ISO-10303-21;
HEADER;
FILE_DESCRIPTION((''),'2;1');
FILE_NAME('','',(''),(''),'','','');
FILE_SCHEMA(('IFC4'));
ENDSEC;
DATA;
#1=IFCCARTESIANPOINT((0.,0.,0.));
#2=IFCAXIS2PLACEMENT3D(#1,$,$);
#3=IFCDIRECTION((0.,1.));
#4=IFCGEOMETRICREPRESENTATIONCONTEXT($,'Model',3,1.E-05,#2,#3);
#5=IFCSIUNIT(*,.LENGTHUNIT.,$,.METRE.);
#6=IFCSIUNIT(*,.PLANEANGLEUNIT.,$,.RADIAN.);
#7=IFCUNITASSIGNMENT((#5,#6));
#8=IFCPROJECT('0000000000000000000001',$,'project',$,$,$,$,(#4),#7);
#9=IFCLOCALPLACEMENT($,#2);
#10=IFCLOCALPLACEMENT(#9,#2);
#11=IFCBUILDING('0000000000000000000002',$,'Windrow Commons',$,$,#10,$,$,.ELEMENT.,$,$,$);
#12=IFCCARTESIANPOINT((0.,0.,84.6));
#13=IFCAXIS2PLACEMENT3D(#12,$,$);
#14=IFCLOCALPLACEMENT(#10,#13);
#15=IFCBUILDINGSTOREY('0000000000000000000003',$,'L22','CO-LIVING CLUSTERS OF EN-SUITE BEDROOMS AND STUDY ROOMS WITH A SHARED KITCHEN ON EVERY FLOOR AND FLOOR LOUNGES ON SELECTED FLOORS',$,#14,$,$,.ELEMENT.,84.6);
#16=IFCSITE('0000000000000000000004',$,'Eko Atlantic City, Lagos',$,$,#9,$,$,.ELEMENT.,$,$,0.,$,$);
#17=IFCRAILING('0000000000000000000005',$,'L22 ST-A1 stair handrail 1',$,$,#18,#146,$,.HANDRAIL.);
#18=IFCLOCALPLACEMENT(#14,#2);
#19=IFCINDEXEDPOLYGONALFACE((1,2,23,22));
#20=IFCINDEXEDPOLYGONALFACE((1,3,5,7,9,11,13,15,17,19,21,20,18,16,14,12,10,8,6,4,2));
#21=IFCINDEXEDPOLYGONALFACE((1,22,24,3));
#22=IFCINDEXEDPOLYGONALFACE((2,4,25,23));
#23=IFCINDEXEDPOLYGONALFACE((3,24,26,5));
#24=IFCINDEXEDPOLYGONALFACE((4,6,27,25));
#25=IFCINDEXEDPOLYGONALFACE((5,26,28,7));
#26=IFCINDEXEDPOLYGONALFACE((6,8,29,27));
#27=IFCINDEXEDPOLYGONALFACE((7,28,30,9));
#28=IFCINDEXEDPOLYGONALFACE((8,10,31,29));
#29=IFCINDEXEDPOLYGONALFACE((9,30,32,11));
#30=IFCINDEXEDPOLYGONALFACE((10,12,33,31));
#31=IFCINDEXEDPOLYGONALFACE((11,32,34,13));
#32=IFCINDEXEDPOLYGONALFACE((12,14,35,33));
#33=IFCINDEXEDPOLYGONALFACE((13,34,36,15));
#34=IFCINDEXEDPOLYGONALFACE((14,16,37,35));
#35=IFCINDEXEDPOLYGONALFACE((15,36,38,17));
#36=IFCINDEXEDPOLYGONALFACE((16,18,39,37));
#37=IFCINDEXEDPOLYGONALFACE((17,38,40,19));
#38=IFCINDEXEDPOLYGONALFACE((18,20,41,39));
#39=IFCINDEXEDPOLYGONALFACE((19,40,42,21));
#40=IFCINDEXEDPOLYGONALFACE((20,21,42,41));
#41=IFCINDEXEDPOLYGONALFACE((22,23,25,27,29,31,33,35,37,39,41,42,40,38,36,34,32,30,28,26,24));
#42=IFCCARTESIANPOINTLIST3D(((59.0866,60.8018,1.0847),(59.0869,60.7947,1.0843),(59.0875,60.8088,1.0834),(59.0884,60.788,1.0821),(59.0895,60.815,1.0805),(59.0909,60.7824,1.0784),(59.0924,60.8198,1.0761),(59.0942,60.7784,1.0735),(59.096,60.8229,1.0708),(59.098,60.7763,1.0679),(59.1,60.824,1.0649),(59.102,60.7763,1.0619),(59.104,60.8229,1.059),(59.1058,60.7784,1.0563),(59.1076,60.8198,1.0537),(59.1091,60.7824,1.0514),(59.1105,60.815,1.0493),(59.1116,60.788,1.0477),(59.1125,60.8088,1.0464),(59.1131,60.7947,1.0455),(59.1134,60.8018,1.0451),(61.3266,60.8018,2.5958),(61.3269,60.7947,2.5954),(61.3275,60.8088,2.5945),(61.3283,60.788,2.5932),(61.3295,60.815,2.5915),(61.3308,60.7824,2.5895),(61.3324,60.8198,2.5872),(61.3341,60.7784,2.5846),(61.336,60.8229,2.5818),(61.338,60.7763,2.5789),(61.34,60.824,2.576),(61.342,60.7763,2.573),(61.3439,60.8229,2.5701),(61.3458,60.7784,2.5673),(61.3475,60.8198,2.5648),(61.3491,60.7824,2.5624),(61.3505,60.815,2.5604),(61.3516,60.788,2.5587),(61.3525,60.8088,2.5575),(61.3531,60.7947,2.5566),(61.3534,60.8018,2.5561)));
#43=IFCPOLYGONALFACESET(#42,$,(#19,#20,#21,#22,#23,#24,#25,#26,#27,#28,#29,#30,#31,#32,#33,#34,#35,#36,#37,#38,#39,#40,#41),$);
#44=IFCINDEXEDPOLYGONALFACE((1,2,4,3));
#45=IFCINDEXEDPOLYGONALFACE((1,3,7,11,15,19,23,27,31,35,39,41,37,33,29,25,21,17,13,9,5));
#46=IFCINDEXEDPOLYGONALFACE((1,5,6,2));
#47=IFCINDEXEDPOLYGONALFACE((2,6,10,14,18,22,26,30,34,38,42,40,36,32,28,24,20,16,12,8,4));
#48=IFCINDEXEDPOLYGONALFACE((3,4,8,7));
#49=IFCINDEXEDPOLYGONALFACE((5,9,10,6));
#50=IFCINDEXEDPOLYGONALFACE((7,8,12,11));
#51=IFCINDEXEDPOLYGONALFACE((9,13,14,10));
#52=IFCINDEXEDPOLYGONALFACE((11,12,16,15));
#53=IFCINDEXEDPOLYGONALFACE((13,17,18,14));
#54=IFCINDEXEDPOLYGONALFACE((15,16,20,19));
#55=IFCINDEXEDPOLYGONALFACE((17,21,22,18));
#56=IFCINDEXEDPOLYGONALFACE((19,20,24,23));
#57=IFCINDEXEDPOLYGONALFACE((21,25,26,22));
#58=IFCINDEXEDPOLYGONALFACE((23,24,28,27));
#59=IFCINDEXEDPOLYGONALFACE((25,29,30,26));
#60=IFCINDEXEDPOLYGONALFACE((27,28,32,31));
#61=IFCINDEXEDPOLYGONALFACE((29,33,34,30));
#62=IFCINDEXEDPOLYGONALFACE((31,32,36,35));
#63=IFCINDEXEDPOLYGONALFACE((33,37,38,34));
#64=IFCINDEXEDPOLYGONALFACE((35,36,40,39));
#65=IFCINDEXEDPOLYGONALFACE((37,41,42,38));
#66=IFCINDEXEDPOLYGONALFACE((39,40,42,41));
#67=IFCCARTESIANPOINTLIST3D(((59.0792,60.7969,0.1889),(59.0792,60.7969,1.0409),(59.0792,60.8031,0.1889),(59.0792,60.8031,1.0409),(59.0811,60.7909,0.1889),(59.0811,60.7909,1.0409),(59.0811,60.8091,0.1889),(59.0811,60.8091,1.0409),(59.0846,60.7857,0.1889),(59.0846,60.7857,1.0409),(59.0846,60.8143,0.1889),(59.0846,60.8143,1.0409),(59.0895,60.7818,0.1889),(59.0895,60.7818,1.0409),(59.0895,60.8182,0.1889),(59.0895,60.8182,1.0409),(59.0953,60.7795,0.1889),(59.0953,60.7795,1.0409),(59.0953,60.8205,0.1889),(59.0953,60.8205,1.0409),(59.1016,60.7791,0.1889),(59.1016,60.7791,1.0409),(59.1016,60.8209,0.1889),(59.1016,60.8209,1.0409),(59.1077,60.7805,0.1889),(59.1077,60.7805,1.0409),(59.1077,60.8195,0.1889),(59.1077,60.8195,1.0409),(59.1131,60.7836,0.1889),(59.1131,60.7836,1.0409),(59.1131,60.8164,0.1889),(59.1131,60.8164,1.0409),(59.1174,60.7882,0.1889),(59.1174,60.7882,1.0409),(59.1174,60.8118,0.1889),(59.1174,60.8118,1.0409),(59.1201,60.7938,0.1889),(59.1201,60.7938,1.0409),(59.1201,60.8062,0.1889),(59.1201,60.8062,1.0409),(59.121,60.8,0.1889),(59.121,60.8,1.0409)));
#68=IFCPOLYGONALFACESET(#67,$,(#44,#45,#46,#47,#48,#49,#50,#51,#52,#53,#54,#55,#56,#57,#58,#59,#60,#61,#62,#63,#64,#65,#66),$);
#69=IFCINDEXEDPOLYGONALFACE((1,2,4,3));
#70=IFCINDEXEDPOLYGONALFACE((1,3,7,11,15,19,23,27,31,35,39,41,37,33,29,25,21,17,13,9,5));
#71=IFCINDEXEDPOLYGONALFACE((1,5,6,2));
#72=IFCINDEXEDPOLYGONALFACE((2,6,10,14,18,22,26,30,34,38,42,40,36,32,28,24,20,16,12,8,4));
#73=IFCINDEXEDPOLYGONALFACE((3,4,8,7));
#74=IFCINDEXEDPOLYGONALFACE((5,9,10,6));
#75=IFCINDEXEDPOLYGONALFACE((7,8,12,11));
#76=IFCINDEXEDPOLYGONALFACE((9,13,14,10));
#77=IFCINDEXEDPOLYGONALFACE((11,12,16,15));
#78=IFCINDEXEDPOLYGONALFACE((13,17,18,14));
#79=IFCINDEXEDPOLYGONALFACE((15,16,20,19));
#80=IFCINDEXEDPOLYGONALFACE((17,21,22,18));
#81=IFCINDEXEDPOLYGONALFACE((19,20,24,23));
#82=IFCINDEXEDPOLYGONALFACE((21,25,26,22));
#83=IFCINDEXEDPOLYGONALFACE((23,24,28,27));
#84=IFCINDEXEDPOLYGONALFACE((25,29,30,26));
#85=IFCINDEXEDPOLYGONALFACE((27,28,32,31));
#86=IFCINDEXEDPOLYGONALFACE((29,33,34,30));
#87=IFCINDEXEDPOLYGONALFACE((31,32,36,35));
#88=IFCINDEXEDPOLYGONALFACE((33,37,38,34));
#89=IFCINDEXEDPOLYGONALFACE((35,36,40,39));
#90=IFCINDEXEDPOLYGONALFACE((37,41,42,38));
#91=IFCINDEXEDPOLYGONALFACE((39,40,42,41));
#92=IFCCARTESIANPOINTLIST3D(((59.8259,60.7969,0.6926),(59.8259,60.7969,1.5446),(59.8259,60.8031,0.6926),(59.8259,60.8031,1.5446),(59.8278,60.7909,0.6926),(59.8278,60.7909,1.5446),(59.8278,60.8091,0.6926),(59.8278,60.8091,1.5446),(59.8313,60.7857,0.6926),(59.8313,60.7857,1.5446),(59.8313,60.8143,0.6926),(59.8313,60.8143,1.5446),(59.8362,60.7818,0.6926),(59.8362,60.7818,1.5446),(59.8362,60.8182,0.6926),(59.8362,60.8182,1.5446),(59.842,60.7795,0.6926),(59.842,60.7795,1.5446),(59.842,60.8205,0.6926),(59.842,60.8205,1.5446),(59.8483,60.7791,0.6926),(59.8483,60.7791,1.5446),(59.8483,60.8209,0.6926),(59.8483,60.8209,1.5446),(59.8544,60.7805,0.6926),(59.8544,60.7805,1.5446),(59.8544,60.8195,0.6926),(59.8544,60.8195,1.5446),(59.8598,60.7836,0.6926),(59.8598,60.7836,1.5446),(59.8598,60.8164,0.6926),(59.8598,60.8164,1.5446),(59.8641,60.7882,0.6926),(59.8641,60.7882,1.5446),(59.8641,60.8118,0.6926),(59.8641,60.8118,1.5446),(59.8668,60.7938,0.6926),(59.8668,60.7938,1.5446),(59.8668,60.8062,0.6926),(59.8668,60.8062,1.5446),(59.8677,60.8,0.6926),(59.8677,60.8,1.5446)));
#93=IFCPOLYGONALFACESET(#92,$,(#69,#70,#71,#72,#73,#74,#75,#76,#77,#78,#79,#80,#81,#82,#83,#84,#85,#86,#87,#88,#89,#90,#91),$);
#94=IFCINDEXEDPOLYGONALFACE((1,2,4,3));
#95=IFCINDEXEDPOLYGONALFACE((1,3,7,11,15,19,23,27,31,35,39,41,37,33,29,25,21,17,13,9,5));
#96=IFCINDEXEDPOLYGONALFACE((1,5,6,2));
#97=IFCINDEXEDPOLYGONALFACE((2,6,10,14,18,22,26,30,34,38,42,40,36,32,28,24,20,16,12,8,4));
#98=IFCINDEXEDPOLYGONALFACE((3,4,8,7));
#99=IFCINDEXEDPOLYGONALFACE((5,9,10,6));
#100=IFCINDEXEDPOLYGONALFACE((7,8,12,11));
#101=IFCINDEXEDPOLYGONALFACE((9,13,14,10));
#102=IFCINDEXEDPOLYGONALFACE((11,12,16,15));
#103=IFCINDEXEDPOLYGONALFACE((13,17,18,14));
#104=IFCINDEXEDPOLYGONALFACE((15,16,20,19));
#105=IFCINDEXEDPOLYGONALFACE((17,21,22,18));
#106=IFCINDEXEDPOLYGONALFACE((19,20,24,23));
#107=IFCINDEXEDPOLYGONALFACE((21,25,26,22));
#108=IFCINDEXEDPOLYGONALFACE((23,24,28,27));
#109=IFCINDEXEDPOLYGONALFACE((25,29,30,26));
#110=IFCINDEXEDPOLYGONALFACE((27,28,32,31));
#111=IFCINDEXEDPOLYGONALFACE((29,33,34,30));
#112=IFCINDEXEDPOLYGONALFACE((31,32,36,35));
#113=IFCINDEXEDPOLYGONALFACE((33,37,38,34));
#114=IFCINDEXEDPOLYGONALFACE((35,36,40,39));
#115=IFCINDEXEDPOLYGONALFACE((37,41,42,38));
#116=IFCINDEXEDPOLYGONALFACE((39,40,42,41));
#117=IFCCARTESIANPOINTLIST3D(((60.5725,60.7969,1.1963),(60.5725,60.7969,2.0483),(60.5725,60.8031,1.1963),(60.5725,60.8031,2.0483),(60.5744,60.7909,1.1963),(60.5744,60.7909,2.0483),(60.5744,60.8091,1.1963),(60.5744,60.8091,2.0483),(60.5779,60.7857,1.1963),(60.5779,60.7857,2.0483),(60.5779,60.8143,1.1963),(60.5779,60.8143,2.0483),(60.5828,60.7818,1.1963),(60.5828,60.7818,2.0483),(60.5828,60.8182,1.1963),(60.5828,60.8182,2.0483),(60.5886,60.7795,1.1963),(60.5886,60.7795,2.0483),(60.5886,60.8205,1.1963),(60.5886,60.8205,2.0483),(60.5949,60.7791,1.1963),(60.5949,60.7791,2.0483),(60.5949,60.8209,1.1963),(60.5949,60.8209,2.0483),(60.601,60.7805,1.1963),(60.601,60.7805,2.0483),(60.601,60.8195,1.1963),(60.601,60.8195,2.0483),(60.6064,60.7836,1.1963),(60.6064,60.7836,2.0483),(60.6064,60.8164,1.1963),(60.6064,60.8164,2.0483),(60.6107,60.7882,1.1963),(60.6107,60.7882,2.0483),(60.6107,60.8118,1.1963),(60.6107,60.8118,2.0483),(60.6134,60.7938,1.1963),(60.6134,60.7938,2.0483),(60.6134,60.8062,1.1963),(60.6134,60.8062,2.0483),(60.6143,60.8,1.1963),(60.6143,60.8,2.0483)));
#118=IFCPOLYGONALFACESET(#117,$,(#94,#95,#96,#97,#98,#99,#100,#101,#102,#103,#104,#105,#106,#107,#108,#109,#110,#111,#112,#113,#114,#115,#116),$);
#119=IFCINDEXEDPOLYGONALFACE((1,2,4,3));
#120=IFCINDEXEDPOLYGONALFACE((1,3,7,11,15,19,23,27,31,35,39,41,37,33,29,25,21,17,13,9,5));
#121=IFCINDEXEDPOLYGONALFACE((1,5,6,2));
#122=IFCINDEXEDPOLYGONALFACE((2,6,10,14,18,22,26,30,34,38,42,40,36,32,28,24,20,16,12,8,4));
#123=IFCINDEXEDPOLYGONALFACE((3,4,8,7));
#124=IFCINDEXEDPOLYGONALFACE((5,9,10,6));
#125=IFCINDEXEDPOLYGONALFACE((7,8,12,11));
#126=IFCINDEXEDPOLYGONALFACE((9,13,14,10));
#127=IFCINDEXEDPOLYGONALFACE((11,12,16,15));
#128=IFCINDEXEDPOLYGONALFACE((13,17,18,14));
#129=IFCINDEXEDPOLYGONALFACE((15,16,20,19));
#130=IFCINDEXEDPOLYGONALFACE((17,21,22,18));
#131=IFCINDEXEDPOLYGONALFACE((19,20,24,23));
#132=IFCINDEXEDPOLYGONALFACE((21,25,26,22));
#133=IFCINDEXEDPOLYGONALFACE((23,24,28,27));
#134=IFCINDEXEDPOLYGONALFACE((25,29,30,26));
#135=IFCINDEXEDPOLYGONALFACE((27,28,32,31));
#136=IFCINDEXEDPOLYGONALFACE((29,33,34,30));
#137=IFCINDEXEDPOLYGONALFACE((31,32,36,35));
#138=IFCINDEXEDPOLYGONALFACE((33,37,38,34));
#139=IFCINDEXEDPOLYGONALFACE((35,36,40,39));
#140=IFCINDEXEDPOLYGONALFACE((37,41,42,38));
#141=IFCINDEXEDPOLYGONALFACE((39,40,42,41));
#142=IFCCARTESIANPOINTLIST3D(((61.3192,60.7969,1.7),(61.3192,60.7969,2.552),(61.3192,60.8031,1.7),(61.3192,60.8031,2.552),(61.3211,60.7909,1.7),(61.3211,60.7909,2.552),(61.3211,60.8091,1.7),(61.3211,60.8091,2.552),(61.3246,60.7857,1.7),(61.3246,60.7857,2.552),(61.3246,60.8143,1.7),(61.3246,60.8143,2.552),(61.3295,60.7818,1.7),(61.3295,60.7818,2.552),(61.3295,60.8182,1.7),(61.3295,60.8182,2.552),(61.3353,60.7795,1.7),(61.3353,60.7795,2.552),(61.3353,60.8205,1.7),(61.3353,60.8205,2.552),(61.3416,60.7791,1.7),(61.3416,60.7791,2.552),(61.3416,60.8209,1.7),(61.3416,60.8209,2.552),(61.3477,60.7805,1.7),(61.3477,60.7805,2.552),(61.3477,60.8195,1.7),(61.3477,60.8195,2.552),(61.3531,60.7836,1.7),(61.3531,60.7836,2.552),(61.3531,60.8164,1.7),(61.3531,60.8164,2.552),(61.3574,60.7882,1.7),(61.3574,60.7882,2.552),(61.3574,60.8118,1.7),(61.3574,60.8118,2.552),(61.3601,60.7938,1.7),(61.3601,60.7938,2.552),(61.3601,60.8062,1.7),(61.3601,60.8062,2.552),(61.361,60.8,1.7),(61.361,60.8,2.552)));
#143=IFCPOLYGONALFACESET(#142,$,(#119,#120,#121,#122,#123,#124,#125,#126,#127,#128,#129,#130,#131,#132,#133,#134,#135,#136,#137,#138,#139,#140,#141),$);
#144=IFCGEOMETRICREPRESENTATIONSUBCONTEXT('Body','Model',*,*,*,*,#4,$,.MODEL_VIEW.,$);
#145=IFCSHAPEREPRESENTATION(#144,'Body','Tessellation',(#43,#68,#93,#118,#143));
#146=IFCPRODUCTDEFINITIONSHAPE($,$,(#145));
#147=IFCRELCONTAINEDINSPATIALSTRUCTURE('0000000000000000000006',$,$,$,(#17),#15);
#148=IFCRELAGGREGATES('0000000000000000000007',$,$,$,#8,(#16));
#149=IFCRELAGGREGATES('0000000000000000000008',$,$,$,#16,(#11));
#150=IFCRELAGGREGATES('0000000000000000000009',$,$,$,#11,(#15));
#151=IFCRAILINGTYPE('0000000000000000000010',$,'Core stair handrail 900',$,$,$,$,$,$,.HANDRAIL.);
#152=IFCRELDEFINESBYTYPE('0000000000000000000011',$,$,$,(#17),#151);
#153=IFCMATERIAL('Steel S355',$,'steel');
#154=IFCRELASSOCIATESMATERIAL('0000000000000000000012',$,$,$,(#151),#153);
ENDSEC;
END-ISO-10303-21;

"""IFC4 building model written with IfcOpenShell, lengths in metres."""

from ifc_helpers import new_model, si_unit, direction, frame, origin, origin_2d, place, context, subcontext, project, spatial, circle, extrude, material, type_object, element, save


model = new_model("IFC4")

# Units and contexts
model_context = context("Model", 3, precision=1e-05, world=origin(), true_north=direction((0.0, 1.0)))
body_context = subcontext(model_context, "Body", "Model", "MODEL_VIEW")
ifc_project = project(units=[si_unit("LENGTHUNIT", "METRE"), si_unit("PLANEANGLEUNIT", "RADIAN")], contexts=[model_context])

# Site, building, storey
site_placement = place(None, origin())
site = spatial("IfcSite", under=ifc_project, at=site_placement, Name="Eko Atlantic City, Lagos", CompositionType="ELEMENT", RefElevation=0.0)
building_placement = place(site_placement, origin())
building = spatial("IfcBuilding", under=site, at=building_placement, Name="Windrow Commons", CompositionType="ELEMENT")
storey_placement = place(building_placement, frame((0.0, 0.0, 84.6)))
storey = spatial("IfcBuildingStorey", under=building, at=storey_placement, Name="L22", Description="CO-LIVING CLUSTERS OF EN-SUITE BEDROOMS AND STUDY ROOMS WITH A SHARED KITCHEN ON EVERY FLOOR AND FLOOR LOUNGES ON SELECTED FLOORS", CompositionType="ELEMENT", Elevation=84.6)

# Railing
ifc_material_1 = material(Name="Steel S355", Category="steel")
railing_type_1 = type_object("IfcRailingType", Name="Core stair handrail 900", PredefinedType="HANDRAIL", material=ifc_material_1)
railing_1_placement = place(storey_placement, frame((59.1, 60.8, 0.1889)))
element("IfcRailing", 1, at=railing_1_placement, inside=storey, type_object=railing_type_1, Name="L22 ST-A1 stair handrail 1", PredefinedType="HANDRAIL", context=body_context, shape_type="SweptSolid", body=[
    extrude(circle(Radius=0.024, at=origin_2d()), frame((0.0, 0.0, 0.876), z_axis=(0.829003, 0.0, 0.559244), x_axis=(0.0, 1.0, 0.0)), (0.0, 0.0, 1.0), 2.702),
    extrude(circle(Radius=0.021, at=origin_2d()), origin(), (0.0, 0.0, 1.0), 0.852),
    extrude(circle(Radius=0.021, at=origin_2d()), frame((0.7467, 0.0, 0.5037)), (0.0, 0.0, 1.0), 0.852),
    extrude(circle(Radius=0.021, at=origin_2d()), frame((1.4933, 0.0, 1.0074)), (0.0, 0.0, 1.0), 0.852),
    extrude(circle(Radius=0.021, at=origin_2d()), frame((2.24, 0.0, 1.5111)), (0.0, 0.0, 1.0), 0.852),
])

save(model, "model.ifc")
